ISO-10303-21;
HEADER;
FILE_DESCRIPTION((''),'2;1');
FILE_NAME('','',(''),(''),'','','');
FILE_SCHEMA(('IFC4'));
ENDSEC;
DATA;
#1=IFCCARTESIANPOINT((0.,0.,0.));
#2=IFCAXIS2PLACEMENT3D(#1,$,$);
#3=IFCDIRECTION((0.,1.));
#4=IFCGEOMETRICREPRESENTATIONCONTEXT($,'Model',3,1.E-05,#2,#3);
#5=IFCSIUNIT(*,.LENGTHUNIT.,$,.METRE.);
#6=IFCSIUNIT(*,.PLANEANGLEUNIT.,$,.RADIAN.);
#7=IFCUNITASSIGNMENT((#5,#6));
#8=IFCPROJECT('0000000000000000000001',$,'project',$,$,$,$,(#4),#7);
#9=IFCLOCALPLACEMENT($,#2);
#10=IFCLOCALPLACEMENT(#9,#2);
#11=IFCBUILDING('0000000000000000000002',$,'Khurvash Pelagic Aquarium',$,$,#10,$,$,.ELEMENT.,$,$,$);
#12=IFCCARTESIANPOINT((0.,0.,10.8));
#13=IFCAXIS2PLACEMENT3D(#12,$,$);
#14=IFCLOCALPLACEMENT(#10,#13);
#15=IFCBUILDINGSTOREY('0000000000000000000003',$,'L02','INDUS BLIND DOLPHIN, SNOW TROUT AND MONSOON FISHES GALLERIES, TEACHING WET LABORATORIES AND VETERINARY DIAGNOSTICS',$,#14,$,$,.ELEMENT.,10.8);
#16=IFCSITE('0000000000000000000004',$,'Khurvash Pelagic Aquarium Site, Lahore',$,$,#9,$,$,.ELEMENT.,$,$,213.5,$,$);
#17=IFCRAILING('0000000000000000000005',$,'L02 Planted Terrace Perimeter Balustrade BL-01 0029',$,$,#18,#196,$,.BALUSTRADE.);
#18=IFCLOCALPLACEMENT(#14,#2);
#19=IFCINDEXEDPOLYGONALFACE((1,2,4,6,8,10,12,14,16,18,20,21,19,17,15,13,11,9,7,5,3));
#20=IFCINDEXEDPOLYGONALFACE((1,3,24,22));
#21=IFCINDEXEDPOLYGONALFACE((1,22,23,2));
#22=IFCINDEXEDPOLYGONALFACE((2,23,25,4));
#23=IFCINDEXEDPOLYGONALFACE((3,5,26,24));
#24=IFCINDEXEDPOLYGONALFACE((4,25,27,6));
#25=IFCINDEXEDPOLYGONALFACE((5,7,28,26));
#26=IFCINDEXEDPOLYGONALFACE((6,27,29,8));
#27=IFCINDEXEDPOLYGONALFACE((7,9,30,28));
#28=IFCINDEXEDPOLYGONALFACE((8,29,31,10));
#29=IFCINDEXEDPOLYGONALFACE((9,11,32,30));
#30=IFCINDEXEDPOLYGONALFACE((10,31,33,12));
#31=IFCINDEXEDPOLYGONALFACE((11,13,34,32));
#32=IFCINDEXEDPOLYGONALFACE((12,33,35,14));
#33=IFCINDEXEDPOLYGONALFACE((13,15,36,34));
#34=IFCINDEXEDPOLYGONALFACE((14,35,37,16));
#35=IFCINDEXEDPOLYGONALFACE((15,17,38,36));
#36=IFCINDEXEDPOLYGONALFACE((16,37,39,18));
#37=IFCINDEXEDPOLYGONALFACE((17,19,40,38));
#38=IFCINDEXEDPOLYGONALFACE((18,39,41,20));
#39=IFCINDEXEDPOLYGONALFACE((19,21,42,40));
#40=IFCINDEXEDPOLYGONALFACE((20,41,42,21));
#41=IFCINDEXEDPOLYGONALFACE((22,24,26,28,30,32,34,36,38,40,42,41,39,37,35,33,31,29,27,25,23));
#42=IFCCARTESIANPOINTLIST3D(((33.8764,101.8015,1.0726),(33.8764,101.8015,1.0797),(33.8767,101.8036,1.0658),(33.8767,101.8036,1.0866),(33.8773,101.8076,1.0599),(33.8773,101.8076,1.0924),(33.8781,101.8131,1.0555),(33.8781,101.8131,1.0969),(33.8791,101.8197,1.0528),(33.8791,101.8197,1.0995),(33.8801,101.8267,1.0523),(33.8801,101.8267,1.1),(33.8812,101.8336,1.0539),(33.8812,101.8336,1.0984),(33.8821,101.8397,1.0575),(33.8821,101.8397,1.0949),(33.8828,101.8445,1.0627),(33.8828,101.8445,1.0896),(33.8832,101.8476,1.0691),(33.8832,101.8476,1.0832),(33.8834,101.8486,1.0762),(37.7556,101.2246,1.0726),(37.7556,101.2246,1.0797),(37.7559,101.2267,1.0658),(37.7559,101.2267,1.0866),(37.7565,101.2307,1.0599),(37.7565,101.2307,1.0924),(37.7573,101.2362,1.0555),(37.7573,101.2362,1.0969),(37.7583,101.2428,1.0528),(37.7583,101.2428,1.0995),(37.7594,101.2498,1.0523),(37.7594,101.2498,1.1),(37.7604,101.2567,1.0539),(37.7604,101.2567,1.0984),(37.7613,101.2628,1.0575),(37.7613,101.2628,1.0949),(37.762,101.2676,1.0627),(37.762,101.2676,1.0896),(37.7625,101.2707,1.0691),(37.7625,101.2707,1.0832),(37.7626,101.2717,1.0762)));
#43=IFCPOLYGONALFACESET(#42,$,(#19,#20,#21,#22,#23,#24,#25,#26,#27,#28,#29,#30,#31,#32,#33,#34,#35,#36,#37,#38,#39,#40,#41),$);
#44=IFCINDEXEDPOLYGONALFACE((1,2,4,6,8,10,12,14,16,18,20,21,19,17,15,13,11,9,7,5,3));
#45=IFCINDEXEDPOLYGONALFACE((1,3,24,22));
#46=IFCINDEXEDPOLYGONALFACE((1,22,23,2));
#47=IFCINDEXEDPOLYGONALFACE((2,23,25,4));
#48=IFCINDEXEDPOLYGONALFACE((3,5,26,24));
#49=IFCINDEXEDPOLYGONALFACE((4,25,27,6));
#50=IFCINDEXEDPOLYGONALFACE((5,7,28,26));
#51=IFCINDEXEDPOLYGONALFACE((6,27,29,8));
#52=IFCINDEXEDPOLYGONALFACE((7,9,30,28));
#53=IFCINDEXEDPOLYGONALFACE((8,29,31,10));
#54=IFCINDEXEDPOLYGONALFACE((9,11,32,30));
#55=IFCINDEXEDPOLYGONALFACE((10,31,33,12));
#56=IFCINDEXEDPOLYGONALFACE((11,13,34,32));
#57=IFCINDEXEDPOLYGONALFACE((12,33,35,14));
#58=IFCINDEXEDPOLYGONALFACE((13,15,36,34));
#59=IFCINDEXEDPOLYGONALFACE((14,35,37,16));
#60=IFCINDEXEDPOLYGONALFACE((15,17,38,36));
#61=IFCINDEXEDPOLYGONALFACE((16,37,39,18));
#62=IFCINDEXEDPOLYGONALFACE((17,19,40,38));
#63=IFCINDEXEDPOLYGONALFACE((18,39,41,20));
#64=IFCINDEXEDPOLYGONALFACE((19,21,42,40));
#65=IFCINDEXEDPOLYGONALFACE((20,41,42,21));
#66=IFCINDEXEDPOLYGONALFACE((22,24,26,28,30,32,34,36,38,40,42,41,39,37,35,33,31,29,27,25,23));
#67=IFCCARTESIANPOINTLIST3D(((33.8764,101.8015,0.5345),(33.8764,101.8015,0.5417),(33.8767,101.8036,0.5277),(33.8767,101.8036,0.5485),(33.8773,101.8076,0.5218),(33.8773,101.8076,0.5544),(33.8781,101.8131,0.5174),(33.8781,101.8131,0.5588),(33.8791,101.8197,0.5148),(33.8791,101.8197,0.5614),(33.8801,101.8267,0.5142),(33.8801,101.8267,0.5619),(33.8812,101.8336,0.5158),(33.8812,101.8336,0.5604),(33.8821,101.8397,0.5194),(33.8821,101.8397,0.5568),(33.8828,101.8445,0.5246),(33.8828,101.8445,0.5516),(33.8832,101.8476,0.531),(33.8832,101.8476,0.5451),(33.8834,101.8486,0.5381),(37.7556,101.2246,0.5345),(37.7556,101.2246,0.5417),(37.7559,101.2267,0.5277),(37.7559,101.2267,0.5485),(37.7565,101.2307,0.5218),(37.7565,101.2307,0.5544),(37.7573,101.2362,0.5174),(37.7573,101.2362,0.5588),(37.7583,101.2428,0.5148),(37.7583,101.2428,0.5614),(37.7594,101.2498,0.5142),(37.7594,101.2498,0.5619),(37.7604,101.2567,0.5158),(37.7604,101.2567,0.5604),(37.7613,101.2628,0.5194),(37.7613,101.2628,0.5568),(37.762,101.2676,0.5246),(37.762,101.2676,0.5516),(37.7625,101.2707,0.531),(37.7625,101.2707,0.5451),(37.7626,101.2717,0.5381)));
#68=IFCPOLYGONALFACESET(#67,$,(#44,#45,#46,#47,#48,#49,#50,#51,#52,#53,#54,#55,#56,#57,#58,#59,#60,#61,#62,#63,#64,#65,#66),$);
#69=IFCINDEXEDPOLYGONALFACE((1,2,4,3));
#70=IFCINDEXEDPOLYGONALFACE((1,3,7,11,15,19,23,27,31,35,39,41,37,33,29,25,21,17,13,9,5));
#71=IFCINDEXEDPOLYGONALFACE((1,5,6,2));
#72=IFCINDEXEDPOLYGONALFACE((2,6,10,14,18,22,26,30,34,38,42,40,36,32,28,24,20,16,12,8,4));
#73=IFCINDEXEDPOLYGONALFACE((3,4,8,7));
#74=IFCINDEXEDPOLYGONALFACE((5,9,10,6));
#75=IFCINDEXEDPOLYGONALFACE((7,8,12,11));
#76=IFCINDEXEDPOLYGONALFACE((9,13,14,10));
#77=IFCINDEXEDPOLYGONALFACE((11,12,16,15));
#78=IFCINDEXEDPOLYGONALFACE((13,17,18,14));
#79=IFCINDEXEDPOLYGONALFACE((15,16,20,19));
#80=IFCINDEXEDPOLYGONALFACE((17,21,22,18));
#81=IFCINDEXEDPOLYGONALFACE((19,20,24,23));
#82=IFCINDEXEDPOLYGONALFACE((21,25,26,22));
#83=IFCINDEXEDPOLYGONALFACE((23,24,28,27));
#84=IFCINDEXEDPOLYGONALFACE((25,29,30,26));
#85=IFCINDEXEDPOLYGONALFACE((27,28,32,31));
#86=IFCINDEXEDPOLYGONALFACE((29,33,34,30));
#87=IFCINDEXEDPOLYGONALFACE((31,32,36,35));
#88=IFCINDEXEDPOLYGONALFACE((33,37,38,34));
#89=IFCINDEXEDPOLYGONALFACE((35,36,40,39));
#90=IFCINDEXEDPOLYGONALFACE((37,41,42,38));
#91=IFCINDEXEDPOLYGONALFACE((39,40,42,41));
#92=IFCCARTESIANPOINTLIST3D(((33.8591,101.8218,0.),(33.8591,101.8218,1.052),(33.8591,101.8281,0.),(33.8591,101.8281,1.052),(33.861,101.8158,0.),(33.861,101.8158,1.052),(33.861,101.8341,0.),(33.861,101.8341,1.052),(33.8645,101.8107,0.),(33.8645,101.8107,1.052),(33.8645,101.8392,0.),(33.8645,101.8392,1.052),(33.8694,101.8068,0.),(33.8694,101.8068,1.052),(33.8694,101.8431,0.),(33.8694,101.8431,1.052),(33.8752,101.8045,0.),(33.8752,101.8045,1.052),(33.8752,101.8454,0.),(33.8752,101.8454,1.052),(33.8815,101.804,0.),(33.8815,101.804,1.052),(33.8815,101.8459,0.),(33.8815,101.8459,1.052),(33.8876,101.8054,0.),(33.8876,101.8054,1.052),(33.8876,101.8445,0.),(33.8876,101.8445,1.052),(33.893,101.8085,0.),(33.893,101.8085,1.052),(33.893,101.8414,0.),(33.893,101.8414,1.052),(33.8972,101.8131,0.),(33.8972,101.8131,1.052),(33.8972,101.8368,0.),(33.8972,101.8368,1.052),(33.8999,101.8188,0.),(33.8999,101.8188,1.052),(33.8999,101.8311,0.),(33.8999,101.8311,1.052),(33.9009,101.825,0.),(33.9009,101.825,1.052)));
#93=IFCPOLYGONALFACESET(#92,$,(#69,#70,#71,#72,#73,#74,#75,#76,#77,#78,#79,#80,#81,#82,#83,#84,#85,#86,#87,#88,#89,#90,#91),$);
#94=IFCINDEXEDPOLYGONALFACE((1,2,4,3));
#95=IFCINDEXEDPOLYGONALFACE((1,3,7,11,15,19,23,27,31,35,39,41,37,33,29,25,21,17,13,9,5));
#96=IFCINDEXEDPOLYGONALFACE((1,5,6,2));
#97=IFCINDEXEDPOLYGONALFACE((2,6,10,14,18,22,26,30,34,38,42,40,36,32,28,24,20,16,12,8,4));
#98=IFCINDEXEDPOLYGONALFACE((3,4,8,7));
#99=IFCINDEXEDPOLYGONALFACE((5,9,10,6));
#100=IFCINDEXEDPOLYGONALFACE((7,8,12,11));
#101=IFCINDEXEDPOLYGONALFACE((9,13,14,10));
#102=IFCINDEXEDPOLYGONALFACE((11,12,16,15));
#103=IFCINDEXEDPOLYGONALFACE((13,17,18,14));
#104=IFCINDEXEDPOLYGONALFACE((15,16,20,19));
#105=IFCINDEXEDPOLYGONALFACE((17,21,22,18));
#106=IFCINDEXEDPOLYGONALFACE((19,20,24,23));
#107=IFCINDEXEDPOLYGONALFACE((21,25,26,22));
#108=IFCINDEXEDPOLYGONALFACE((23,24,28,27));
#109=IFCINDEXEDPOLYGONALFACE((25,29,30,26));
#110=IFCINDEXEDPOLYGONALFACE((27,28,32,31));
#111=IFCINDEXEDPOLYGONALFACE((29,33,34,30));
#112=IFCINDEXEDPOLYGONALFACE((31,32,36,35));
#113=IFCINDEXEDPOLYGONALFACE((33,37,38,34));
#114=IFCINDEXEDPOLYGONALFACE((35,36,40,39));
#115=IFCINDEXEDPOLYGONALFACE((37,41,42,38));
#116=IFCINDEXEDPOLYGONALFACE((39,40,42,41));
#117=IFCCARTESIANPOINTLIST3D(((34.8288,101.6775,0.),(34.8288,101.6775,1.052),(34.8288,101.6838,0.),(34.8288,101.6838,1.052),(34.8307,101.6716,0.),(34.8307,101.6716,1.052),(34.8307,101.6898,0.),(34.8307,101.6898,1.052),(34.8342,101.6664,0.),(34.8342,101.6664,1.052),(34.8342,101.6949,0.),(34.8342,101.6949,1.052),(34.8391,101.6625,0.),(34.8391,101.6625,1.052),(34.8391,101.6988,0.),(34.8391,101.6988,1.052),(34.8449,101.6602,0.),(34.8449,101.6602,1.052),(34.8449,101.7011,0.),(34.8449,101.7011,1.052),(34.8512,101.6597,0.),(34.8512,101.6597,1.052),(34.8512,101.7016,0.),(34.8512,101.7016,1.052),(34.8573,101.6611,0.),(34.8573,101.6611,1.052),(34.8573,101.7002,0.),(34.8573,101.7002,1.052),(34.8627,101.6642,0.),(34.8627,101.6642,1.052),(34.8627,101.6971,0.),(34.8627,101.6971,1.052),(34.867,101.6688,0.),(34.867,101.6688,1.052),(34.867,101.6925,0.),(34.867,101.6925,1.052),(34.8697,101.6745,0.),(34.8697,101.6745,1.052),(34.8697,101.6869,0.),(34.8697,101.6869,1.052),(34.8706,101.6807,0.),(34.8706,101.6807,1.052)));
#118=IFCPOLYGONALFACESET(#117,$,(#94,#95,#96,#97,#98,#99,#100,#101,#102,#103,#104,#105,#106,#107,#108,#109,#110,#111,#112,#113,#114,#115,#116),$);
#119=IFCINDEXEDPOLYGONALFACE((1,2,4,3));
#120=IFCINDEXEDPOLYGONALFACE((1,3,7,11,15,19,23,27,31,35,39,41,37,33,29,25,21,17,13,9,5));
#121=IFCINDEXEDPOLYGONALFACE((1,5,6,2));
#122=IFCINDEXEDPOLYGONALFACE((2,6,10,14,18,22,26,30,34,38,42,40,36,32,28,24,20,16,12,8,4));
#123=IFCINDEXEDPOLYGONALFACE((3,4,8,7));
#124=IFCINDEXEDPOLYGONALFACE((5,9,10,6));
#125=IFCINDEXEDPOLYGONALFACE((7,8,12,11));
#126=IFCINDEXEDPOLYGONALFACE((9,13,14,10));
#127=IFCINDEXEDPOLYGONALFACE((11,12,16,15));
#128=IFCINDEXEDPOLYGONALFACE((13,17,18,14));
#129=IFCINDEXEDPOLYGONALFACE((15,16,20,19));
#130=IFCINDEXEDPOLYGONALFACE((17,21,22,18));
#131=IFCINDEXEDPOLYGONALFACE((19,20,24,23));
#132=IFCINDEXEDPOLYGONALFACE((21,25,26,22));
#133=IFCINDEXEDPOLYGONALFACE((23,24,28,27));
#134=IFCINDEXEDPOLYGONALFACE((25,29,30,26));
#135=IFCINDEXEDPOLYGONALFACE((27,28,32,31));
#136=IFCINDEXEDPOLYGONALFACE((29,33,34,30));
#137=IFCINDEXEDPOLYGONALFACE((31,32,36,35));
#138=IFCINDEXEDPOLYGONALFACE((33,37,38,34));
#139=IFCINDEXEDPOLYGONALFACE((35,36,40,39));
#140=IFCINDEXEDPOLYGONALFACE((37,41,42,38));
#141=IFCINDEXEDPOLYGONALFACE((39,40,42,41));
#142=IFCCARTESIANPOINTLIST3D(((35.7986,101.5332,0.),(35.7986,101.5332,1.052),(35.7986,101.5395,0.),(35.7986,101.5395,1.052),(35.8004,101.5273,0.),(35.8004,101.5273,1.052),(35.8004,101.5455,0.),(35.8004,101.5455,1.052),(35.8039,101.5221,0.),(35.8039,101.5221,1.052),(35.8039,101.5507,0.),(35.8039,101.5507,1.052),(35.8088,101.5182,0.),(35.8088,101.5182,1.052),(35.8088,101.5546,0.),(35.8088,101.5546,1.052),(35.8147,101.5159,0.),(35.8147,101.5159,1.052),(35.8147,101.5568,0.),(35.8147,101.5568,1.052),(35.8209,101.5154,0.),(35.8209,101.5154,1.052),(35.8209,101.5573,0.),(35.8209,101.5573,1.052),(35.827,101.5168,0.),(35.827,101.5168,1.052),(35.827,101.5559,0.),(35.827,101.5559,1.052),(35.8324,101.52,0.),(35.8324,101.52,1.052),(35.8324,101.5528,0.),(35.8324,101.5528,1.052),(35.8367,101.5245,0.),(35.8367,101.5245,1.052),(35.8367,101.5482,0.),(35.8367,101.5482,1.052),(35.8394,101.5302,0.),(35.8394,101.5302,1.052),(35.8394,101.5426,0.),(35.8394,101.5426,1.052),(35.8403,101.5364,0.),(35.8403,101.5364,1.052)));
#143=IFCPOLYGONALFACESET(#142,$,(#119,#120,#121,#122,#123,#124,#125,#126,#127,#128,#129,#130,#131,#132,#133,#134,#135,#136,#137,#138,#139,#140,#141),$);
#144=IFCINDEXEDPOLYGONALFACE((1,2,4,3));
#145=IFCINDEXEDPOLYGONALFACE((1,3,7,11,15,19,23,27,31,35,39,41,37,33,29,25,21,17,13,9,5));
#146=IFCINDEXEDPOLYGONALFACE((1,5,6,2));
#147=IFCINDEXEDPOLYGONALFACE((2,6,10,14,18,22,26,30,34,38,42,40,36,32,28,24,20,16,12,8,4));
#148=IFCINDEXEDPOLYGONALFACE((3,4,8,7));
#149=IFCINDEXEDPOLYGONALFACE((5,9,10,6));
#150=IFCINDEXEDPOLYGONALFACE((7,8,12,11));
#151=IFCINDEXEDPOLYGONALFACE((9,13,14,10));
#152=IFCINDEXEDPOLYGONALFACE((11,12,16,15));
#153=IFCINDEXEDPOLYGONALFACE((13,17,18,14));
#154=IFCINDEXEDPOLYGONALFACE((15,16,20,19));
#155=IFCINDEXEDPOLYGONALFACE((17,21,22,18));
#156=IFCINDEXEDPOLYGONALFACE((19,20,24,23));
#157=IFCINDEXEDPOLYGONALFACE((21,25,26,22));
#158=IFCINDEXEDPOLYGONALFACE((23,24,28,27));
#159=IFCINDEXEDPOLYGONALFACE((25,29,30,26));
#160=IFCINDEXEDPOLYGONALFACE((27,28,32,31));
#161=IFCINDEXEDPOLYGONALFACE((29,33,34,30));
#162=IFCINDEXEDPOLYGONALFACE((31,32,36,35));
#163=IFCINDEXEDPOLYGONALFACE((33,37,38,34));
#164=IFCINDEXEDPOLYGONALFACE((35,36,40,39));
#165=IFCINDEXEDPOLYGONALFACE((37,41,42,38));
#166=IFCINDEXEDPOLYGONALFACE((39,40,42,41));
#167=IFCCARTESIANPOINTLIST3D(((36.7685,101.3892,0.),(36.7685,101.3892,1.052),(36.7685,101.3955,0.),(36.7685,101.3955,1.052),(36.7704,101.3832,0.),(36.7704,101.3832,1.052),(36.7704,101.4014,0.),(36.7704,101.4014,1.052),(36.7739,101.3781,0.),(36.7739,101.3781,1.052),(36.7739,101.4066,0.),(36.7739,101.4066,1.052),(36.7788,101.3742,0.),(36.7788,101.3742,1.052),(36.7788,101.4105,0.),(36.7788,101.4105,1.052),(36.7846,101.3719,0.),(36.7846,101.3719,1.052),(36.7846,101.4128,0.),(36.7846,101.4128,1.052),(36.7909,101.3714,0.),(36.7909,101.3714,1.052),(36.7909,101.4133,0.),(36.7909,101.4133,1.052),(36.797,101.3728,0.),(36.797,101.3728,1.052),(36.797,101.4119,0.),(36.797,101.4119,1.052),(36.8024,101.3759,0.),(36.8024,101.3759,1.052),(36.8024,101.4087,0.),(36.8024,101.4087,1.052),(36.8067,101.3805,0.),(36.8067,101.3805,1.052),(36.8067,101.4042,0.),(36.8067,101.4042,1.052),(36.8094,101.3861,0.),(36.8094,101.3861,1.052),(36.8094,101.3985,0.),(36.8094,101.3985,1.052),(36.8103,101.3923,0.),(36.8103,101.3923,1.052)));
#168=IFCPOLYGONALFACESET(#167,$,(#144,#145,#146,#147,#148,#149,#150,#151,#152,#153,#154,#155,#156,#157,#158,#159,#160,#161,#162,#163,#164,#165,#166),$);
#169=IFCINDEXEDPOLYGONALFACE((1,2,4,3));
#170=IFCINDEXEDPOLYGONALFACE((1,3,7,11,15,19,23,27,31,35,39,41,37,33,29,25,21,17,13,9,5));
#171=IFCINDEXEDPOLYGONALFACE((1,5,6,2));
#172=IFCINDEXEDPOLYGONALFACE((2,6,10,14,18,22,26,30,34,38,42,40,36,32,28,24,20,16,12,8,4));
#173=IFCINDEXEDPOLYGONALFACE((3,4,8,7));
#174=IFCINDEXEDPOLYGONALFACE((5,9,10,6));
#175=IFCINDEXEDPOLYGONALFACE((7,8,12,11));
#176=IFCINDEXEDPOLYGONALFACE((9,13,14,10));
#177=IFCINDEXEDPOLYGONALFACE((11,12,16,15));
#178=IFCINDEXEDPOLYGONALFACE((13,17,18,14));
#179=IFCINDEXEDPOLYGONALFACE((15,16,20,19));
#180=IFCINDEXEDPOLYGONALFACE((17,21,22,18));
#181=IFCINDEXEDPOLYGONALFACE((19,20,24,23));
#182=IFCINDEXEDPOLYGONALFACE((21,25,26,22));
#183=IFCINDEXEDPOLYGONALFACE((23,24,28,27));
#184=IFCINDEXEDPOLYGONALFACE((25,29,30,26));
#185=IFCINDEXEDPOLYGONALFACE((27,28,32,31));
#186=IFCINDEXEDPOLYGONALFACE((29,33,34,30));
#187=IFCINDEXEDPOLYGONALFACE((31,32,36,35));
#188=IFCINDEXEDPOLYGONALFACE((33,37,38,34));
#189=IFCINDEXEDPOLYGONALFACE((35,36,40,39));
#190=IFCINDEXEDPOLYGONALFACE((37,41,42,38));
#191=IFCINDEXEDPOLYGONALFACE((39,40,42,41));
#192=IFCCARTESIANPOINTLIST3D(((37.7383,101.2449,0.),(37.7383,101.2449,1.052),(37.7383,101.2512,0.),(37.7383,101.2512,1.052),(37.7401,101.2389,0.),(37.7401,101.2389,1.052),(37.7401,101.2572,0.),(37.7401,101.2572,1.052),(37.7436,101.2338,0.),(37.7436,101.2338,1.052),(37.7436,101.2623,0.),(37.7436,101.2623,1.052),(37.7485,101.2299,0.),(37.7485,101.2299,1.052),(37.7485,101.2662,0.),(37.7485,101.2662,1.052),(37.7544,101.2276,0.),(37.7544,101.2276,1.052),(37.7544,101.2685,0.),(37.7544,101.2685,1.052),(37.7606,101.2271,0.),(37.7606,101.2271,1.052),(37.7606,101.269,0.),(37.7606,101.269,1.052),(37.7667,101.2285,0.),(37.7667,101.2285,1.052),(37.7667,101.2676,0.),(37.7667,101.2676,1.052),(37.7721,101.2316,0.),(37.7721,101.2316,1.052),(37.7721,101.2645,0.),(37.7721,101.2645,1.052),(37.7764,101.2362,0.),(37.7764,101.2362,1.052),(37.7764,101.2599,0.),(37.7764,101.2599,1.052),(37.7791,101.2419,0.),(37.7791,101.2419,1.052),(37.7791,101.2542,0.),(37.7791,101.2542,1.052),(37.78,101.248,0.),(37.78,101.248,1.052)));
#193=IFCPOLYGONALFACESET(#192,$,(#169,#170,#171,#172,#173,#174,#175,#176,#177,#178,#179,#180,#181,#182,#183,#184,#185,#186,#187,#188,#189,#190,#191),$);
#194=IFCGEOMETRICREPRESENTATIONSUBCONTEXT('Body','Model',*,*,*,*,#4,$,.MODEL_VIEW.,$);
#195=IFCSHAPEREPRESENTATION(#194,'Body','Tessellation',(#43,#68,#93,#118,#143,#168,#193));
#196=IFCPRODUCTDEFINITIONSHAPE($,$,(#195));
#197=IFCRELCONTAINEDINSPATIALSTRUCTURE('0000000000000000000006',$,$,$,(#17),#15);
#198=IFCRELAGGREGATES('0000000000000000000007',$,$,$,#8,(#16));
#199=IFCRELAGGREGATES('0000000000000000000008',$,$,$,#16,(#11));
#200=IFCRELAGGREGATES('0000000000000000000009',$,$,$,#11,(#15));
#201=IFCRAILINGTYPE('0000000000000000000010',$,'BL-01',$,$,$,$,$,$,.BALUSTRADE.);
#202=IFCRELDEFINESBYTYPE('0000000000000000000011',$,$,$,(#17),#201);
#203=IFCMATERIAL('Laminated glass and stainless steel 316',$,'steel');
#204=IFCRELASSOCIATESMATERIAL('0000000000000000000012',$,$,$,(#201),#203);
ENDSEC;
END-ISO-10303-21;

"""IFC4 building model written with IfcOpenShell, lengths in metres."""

from ifc_helpers import new_model, si_unit, direction, frame, origin, origin_2d, place, context, subcontext, project, spatial, circle, extrude, material, type_object, element, save


model = new_model("IFC4")

# Units and contexts
model_context = context("Model", 3, precision=1e-05, world=origin(), true_north=direction((0.0, 1.0)))
body_context = subcontext(model_context, "Body", "Model", "MODEL_VIEW")
ifc_project = project(units=[si_unit("LENGTHUNIT", "METRE"), si_unit("PLANEANGLEUNIT", "RADIAN")], contexts=[model_context])

# Site, building, storey
site_placement = place(None, origin())
site = spatial("IfcSite", under=ifc_project, at=site_placement, Name="Khurvash Pelagic Aquarium Site, Lahore", CompositionType="ELEMENT", RefElevation=213.5)
building_placement = place(site_placement, origin())
building = spatial("IfcBuilding", under=site, at=building_placement, Name="Khurvash Pelagic Aquarium", CompositionType="ELEMENT")
storey_placement = place(building_placement, frame((0.0, 0.0, 10.8)))
storey = spatial("IfcBuildingStorey", under=building, at=storey_placement, Name="L02", Description="INDUS BLIND DOLPHIN, SNOW TROUT AND MONSOON FISHES GALLERIES, TEACHING WET LABORATORIES AND VETERINARY DIAGNOSTICS", CompositionType="ELEMENT", Elevation=10.8)

# Railing
ifc_material_1 = material(Name="Laminated glass and stainless steel 316", Category="steel")
railing_type = type_object("IfcRailingType", Name="BL-01", PredefinedType="BALUSTRADE", material=ifc_material_1)
railing_1_placement = place(storey_placement, frame((33.8799, 101.825, 0.0)))
element("IfcRailing", 1, at=railing_1_placement, inside=storey, type_object=railing_type, Name="L02 Planted Terrace Perimeter Balustrade BL-01 0029", PredefinedType="BALUSTRADE", context=body_context, shape_type="SweptSolid", body=[
    extrude(circle(Radius=0.0239, at=origin_2d()), frame((0.0, 0.0, 1.0762), z_axis=(0.989121, -0.147101, 0.0), x_axis=(0.147101, 0.989121, 0.0)), (0.0, 0.0, 1.0), 3.9219),
    extrude(circle(Radius=0.0239, at=origin_2d()), frame((0.0, 0.0, 0.5381), z_axis=(0.989121, -0.147101, 0.0), x_axis=(0.147101, 0.989121, 0.0)), (0.0, 0.0, 1.0), 3.9219),
    extrude(circle(Radius=0.021, at=origin_2d()), origin(), (0.0, 0.0, 1.0), 1.052),
    extrude(circle(Radius=0.021, at=origin_2d()), frame((0.9697, -0.1443, 0.0)), (0.0, 0.0, 1.0), 1.052),
    extrude(circle(Radius=0.021, at=origin_2d()), frame((1.9395, -0.2886, 0.0)), (0.0, 0.0, 1.0), 1.052),
    extrude(circle(Radius=0.021, at=origin_2d()), frame((2.9094, -0.4326, 0.0)), (0.0, 0.0, 1.0), 1.052),
    extrude(circle(Radius=0.021, at=origin_2d()), frame((3.8792, -0.5769, 0.0)), (0.0, 0.0, 1.0), 1.052),
])

save(model, "model.ifc")
